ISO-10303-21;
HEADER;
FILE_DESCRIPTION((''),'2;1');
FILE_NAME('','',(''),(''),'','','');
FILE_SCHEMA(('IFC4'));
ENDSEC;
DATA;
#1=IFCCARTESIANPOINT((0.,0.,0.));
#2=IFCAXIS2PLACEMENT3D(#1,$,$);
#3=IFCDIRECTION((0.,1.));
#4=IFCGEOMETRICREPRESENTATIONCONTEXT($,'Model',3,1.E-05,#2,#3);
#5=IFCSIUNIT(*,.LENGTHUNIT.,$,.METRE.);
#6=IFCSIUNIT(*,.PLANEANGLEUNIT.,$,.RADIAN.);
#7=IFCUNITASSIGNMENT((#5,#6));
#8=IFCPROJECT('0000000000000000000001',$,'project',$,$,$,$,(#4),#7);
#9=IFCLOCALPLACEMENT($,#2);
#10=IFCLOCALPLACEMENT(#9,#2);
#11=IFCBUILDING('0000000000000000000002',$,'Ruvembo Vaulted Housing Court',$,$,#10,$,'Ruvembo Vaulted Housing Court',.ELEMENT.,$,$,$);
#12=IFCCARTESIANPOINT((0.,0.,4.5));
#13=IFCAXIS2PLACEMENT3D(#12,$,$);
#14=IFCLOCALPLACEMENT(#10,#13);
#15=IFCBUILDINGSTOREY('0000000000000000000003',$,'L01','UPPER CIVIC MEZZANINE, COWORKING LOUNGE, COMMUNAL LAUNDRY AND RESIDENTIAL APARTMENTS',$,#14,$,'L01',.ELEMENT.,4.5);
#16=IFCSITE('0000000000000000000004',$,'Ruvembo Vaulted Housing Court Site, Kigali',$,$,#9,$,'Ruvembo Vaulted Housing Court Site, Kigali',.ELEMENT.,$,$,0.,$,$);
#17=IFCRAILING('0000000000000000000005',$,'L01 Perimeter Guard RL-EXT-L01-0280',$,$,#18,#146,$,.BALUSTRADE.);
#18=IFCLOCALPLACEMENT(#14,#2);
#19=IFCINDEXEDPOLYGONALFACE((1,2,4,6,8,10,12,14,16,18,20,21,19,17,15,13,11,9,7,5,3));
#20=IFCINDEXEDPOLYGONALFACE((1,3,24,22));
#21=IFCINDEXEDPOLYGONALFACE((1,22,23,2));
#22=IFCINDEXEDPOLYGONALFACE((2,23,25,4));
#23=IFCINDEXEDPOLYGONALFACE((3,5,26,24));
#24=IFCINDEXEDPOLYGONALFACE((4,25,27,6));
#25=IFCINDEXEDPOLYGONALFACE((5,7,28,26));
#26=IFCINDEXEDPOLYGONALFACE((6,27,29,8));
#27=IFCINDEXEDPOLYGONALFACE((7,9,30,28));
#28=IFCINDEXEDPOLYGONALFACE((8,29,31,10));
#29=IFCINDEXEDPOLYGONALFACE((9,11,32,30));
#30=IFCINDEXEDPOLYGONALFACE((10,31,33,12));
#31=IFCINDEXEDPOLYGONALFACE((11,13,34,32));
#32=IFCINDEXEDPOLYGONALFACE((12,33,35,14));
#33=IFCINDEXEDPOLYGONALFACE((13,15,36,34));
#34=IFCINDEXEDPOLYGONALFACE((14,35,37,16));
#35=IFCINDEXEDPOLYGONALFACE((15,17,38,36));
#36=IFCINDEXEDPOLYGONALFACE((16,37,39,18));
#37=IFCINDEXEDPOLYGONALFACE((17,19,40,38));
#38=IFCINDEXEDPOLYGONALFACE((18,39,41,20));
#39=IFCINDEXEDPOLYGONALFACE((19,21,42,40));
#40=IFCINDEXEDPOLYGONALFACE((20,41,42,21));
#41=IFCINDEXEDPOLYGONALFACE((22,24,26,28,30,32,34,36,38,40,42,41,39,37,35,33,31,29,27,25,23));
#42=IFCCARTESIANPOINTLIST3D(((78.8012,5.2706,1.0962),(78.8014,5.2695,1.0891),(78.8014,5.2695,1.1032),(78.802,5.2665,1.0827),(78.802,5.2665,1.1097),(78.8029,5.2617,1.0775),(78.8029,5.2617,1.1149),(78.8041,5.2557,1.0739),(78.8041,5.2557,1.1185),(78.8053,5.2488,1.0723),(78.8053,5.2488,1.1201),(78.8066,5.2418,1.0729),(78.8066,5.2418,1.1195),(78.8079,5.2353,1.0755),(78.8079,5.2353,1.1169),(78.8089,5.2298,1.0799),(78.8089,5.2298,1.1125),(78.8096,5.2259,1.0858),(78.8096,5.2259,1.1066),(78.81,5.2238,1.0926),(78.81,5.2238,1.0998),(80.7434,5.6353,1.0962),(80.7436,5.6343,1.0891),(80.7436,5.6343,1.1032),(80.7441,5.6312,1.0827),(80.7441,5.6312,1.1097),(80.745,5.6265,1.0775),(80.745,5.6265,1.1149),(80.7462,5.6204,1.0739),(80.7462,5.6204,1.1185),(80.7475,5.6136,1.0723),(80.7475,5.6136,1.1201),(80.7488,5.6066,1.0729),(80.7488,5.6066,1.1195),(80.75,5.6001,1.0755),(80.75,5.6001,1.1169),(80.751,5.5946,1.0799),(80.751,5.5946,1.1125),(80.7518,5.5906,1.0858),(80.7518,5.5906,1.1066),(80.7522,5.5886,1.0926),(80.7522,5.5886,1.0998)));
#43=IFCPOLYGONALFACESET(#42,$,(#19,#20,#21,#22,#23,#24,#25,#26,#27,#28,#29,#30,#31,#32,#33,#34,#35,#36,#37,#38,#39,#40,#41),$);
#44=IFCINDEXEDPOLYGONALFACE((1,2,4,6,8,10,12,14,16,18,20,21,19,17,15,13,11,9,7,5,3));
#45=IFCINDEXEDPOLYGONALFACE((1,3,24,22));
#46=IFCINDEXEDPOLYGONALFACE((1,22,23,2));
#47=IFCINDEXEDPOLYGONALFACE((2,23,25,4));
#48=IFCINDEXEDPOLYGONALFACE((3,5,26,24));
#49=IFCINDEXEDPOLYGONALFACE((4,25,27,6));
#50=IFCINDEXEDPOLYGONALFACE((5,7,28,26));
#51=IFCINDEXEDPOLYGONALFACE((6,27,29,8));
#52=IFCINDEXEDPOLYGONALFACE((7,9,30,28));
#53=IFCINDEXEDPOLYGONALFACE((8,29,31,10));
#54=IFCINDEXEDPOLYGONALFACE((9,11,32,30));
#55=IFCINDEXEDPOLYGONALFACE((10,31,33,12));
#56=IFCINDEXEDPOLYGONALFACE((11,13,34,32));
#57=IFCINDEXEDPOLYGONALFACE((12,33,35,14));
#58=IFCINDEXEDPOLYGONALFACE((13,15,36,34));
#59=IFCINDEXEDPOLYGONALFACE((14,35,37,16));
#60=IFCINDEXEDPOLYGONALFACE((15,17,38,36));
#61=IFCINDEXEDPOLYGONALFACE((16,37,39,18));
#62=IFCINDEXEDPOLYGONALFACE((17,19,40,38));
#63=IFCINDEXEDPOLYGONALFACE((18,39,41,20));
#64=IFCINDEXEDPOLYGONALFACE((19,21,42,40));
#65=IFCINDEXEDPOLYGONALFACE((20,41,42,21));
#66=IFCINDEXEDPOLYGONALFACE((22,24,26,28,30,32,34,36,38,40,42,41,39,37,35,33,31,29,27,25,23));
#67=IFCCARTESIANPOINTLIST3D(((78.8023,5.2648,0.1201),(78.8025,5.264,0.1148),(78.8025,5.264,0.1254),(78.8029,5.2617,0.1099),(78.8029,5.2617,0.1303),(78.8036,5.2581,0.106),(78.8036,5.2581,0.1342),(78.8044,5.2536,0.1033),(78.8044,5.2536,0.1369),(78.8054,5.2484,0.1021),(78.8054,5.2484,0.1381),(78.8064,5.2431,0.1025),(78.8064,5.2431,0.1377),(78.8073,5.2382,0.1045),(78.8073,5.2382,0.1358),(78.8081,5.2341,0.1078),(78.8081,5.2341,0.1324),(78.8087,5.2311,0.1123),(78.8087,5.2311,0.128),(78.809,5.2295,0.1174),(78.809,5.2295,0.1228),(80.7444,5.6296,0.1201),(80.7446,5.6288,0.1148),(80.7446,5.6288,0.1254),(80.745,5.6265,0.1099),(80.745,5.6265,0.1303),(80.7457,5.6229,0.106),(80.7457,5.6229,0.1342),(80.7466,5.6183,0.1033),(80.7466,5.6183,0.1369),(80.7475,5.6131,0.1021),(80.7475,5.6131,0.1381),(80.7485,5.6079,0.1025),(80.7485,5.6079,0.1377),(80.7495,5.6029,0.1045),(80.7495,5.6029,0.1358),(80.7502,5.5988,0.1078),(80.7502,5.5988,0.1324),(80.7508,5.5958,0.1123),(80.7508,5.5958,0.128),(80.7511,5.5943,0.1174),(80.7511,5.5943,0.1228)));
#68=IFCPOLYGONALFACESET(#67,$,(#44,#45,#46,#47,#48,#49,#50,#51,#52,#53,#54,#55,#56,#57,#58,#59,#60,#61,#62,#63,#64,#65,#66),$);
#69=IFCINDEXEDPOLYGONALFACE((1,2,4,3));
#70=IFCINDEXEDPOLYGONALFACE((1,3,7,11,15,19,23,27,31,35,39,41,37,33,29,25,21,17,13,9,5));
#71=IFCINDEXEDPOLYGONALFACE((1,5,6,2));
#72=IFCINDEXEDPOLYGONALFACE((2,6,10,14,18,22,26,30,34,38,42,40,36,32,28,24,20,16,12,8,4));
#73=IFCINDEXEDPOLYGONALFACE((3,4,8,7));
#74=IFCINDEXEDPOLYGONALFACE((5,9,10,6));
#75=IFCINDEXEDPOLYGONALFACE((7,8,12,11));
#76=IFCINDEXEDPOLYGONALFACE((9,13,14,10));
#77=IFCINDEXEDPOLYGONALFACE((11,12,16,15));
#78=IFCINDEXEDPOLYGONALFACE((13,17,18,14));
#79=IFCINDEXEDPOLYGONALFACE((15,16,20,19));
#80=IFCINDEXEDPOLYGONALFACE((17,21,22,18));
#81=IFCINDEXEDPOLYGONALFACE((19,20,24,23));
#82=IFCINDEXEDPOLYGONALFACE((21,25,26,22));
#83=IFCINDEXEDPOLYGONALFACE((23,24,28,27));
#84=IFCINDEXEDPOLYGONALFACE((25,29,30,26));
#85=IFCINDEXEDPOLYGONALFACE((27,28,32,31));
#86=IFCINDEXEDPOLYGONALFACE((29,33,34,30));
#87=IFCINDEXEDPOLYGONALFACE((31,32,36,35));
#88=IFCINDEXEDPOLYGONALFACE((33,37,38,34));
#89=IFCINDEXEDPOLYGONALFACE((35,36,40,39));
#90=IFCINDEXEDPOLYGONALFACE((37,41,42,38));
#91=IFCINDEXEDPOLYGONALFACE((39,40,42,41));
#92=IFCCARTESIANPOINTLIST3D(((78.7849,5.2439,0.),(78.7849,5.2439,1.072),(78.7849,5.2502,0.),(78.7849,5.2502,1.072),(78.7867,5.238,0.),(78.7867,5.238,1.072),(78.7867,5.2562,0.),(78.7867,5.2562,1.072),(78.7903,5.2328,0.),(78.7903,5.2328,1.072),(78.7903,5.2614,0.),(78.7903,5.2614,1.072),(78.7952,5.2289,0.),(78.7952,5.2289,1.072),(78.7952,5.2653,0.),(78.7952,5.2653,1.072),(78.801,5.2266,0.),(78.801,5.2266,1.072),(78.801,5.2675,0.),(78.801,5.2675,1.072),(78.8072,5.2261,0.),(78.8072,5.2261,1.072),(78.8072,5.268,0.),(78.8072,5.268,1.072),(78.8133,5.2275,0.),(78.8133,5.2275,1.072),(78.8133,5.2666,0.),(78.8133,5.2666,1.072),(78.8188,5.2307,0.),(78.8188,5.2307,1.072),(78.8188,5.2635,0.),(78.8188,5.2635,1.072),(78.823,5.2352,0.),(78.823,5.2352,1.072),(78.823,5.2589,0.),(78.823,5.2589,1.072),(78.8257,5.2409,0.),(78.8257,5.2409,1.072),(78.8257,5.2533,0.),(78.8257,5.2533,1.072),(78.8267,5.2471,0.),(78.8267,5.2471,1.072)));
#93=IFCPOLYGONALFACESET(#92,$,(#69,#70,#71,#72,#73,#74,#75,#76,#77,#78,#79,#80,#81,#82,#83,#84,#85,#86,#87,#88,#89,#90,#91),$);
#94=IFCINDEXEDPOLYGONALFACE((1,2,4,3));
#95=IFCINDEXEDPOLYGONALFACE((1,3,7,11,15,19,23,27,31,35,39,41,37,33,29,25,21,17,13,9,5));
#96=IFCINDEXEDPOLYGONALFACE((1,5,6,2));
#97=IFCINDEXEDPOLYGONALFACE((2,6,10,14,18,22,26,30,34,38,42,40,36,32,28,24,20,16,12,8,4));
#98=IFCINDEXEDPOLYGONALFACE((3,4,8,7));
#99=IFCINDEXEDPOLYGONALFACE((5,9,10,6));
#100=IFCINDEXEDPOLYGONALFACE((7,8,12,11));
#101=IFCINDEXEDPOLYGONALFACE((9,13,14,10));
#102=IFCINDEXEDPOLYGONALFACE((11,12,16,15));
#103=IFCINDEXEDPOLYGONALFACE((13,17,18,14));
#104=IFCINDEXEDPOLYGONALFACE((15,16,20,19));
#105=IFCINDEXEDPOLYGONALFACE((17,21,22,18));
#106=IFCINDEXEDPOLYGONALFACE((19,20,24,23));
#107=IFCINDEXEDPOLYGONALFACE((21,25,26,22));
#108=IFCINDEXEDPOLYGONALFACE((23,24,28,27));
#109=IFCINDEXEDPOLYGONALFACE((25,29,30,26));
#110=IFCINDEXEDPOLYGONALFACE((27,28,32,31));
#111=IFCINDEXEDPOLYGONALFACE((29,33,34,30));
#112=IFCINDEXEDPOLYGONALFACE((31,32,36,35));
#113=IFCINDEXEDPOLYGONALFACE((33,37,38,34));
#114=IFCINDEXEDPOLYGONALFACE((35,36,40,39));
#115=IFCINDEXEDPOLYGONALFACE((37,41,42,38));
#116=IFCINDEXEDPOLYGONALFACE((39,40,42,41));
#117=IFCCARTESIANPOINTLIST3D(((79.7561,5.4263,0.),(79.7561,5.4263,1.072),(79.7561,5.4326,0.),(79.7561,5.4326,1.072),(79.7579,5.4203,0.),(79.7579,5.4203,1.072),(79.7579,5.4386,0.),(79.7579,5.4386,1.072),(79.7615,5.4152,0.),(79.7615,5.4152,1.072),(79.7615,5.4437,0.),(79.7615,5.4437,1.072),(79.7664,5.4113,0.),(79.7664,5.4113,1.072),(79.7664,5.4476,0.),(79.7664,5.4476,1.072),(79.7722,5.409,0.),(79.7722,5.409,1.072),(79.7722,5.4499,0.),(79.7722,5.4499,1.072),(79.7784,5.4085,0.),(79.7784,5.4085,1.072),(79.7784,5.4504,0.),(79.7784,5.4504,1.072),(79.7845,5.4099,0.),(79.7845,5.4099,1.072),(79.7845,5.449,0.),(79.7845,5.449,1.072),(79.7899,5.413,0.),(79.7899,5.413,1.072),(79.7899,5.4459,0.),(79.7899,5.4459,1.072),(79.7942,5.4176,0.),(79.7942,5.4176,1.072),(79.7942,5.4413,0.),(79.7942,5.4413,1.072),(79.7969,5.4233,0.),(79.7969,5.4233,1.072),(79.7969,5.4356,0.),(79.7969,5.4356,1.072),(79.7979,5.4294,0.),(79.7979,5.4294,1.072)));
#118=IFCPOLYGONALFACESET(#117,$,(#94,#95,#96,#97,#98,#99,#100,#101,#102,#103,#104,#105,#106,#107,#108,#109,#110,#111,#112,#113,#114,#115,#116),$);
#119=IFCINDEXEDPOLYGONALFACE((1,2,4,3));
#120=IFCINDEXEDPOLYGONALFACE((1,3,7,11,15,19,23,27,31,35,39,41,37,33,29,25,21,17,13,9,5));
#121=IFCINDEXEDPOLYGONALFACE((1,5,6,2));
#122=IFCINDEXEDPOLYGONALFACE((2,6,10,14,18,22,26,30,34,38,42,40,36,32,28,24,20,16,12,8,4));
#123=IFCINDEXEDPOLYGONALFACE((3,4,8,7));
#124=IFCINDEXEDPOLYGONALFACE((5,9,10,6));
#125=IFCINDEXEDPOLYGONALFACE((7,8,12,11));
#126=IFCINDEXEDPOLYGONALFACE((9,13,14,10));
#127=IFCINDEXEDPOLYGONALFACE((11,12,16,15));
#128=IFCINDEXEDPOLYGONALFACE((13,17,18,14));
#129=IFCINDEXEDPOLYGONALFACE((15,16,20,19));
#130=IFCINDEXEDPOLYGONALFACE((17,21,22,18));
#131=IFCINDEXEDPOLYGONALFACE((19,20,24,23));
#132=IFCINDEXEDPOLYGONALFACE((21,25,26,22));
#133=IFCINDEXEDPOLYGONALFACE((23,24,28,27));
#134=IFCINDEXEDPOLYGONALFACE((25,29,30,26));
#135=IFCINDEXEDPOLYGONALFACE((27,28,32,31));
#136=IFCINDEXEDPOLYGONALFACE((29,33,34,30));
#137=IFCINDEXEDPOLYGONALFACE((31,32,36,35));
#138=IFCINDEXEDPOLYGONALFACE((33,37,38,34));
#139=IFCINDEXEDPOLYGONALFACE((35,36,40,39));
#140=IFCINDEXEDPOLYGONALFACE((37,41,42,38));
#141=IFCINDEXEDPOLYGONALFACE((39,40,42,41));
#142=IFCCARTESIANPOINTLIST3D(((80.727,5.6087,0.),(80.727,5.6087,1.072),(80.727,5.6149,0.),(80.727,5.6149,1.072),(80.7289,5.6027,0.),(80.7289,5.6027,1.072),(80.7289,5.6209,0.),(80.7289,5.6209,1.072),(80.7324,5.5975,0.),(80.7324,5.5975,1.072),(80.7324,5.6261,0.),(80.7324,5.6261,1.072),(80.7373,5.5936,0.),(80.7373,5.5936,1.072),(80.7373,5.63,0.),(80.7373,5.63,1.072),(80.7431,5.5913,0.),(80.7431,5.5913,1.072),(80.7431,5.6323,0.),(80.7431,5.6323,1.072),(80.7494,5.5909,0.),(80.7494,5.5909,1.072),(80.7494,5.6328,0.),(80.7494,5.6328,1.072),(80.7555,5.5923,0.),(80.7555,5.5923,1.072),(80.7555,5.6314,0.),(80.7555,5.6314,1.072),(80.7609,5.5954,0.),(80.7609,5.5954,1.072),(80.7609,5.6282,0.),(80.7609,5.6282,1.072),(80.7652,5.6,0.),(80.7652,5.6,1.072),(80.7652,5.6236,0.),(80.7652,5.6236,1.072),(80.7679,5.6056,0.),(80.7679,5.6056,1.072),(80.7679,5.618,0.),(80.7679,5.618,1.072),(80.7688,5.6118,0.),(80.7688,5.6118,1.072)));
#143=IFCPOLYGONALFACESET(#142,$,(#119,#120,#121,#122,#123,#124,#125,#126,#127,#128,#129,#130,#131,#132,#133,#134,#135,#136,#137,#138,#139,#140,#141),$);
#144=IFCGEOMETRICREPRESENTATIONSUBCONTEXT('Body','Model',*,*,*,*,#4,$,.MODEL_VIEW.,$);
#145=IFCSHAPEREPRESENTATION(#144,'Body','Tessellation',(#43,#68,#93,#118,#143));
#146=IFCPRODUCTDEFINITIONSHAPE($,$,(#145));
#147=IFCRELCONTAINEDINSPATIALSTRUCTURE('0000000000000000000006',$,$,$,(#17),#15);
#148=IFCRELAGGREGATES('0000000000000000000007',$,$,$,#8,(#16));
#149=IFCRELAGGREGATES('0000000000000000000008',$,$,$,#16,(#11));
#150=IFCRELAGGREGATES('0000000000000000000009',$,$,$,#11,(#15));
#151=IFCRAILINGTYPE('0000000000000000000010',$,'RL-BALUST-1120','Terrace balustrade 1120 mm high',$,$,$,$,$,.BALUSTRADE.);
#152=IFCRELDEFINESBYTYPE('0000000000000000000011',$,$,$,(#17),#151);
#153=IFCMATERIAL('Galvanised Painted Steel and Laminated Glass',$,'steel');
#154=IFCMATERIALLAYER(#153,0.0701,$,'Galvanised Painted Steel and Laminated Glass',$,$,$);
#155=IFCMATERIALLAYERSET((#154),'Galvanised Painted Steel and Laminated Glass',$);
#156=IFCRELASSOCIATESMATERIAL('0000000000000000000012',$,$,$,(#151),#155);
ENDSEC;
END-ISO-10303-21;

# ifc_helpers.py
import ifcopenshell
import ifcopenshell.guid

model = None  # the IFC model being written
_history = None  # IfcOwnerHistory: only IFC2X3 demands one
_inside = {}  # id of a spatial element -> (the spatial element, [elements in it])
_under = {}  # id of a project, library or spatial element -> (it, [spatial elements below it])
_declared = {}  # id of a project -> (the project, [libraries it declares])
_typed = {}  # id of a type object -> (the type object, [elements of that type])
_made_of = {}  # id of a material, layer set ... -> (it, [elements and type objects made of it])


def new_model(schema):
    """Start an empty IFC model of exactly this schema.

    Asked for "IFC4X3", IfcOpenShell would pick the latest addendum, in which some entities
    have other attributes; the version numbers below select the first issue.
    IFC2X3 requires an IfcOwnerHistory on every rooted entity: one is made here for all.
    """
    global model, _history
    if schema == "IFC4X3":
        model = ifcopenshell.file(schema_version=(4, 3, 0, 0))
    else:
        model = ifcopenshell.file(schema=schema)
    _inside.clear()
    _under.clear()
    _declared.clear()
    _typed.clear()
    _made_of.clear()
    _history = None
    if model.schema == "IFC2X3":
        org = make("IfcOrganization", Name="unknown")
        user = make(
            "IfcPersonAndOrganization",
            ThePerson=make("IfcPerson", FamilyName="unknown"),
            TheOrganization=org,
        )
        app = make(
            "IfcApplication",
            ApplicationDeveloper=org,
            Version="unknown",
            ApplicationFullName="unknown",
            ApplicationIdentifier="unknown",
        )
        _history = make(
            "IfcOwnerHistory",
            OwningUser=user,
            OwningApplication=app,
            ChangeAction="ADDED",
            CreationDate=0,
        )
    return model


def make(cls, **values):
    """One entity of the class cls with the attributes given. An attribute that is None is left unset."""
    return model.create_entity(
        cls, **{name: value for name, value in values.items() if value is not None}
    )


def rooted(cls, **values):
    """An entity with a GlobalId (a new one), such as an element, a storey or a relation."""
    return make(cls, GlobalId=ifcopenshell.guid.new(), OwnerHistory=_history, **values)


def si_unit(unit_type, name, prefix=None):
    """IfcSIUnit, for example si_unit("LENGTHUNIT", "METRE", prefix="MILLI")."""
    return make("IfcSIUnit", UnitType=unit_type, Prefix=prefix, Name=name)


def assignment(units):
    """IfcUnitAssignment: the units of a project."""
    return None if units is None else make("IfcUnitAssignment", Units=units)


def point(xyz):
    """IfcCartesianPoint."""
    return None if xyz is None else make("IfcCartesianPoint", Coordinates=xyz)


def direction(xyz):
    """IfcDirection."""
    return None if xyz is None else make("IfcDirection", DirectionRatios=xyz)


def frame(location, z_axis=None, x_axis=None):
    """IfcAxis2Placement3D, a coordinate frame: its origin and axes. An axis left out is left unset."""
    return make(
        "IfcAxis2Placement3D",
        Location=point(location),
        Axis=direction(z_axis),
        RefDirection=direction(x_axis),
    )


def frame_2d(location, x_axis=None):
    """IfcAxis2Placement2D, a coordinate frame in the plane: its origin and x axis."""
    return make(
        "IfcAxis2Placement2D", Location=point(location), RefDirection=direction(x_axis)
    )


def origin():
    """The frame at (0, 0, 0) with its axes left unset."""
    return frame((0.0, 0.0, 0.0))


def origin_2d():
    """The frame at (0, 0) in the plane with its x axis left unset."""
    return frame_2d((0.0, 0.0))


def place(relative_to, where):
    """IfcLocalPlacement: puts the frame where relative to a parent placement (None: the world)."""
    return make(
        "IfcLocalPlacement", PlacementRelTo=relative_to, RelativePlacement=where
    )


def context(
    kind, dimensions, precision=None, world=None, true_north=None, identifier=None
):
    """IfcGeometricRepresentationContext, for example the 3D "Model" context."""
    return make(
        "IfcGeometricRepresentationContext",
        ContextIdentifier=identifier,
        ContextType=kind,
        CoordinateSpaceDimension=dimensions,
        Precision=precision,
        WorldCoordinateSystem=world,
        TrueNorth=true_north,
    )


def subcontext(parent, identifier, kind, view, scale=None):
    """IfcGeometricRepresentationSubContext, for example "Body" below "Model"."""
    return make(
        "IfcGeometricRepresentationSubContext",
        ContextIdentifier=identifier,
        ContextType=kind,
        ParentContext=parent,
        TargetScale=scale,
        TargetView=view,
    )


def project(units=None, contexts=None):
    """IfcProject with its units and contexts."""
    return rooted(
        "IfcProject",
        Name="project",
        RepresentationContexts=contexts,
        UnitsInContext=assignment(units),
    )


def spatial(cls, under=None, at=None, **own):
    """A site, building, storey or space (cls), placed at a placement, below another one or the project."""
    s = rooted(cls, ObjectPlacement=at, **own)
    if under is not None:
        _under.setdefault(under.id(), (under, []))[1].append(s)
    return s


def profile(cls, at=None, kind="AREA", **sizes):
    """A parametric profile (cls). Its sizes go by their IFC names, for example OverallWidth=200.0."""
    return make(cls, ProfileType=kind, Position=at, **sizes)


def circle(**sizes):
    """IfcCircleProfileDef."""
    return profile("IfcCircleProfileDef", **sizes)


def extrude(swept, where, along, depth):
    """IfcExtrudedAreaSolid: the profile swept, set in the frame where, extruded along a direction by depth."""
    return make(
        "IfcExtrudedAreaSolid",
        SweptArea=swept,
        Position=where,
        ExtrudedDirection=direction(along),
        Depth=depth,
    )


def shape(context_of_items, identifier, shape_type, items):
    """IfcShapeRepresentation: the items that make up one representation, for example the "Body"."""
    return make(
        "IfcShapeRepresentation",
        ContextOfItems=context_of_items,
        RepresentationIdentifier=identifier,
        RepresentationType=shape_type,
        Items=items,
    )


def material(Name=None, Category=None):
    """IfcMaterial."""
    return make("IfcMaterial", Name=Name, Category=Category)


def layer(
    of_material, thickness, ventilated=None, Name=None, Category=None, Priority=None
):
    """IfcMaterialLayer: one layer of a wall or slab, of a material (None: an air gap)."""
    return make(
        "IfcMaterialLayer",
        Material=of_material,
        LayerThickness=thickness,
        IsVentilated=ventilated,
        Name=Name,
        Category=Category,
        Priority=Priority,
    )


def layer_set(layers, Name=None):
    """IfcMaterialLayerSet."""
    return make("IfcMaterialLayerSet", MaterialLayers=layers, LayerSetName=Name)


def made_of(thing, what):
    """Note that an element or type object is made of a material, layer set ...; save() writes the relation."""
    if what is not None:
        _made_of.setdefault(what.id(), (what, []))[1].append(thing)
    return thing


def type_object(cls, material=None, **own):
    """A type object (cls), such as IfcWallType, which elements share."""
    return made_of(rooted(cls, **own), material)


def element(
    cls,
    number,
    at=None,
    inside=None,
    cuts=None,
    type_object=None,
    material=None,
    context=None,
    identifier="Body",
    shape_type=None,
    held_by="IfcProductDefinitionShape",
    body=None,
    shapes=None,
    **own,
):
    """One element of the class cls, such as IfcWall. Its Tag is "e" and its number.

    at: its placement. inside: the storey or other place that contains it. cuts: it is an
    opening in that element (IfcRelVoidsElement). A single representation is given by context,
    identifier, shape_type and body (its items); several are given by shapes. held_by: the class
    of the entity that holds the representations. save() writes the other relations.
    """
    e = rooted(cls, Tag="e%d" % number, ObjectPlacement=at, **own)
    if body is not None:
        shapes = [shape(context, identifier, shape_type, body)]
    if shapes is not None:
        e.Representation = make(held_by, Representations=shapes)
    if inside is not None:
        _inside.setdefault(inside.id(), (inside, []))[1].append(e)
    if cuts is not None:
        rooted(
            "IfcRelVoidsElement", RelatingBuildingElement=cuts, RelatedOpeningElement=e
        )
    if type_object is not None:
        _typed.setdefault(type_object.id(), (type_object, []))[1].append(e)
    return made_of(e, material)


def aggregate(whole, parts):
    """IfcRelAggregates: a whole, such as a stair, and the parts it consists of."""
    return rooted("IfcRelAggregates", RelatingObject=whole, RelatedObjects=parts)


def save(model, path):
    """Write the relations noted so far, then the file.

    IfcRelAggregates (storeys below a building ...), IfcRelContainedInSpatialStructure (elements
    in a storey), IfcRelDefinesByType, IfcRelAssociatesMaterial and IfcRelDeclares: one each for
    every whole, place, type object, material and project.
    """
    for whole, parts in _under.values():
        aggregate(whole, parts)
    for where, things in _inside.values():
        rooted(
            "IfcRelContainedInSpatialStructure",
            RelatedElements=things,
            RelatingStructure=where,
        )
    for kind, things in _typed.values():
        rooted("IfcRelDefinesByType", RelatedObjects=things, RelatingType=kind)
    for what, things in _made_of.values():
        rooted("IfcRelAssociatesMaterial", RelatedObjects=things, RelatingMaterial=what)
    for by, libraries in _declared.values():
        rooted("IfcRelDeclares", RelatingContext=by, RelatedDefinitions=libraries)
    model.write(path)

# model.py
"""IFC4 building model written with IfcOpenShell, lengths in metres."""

from ifc_helpers import new_model, si_unit, direction, frame, origin, origin_2d, place, context, subcontext, project, spatial, circle, extrude, material, layer, layer_set, type_object, element, save


model = new_model("IFC4")

# Units and contexts
model_context = context("Model", 3, precision=1e-05, world=origin(), true_north=direction((0.0, 1.0)))
body_context = subcontext(model_context, "Body", "Model", "MODEL_VIEW")
ifc_project = project(units=[si_unit("LENGTHUNIT", "METRE"), si_unit("PLANEANGLEUNIT", "RADIAN")], contexts=[model_context])

# Site, building, storey
site_placement = place(None, origin())
site = spatial("IfcSite", under=ifc_project, at=site_placement, Name="Ruvembo Vaulted Housing Court Site, Kigali", LongName="Ruvembo Vaulted Housing Court Site, Kigali", CompositionType="ELEMENT", RefElevation=0.0)
building_placement = place(site_placement, origin())
building = spatial("IfcBuilding", under=site, at=building_placement, Name="Ruvembo Vaulted Housing Court", LongName="Ruvembo Vaulted Housing Court", CompositionType="ELEMENT")
storey_placement = place(building_placement, frame((0.0, 0.0, 4.5)))
storey = spatial("IfcBuildingStorey", under=building, at=storey_placement, Name="L01", Description="UPPER CIVIC MEZZANINE, COWORKING LOUNGE, COMMUNAL LAUNDRY AND RESIDENTIAL APARTMENTS", LongName="L01", CompositionType="ELEMENT", Elevation=4.5)

# Railing
ifc_material_1 = material(Name="Galvanised Painted Steel and Laminated Glass", Category="steel")
ifc_layer_1 = layer(ifc_material_1, 0.0701, Name="Galvanised Painted Steel and Laminated Glass")
ifc_layer_set_1 = layer_set([ifc_layer_1], Name="Galvanised Painted Steel and Laminated Glass")
railing_type = type_object("IfcRailingType", Name="RL-BALUST-1120", Description="Terrace balustrade 1120 mm high", PredefinedType="BALUSTRADE", material=ifc_layer_set_1)
railing_1_placement = place(storey_placement, frame((78.8057, 5.2471, 0.0)))
element("IfcRailing", 1, at=railing_1_placement, inside=storey, type_object=railing_type, Name="L01 Perimeter Guard RL-EXT-L01-0280", PredefinedType="BALUSTRADE", context=body_context, shape_type="SweptSolid", body=[
    extrude(circle(Radius=0.0239, at=origin_2d()), frame((0.0, 0.0, 1.0962), z_axis=(0.982818, 0.184579, 0.0), x_axis=(-0.184579, 0.982818, 0.0)), (0.0, 0.0, 1.0), 1.9761),
    extrude(circle(Radius=0.0181, at=origin_2d()), frame((0.0, 0.0, 0.1201), z_axis=(0.982818, 0.184579, 0.0), x_axis=(-0.184579, 0.982818, 0.0)), (0.0, 0.0, 1.0), 1.9761),
    extrude(circle(Radius=0.021, at=origin_2d()), origin(), (0.0, 0.0, 1.0), 1.072),
    extrude(circle(Radius=0.021, at=origin_2d()), frame((0.9712, 0.1824, 0.0)), (0.0, 0.0, 1.0), 1.072),
    extrude(circle(Radius=0.021, at=origin_2d()), frame((1.9421, 0.3647, 0.0)), (0.0, 0.0, 1.0), 1.072),
])

save(model, "model.ifc")
